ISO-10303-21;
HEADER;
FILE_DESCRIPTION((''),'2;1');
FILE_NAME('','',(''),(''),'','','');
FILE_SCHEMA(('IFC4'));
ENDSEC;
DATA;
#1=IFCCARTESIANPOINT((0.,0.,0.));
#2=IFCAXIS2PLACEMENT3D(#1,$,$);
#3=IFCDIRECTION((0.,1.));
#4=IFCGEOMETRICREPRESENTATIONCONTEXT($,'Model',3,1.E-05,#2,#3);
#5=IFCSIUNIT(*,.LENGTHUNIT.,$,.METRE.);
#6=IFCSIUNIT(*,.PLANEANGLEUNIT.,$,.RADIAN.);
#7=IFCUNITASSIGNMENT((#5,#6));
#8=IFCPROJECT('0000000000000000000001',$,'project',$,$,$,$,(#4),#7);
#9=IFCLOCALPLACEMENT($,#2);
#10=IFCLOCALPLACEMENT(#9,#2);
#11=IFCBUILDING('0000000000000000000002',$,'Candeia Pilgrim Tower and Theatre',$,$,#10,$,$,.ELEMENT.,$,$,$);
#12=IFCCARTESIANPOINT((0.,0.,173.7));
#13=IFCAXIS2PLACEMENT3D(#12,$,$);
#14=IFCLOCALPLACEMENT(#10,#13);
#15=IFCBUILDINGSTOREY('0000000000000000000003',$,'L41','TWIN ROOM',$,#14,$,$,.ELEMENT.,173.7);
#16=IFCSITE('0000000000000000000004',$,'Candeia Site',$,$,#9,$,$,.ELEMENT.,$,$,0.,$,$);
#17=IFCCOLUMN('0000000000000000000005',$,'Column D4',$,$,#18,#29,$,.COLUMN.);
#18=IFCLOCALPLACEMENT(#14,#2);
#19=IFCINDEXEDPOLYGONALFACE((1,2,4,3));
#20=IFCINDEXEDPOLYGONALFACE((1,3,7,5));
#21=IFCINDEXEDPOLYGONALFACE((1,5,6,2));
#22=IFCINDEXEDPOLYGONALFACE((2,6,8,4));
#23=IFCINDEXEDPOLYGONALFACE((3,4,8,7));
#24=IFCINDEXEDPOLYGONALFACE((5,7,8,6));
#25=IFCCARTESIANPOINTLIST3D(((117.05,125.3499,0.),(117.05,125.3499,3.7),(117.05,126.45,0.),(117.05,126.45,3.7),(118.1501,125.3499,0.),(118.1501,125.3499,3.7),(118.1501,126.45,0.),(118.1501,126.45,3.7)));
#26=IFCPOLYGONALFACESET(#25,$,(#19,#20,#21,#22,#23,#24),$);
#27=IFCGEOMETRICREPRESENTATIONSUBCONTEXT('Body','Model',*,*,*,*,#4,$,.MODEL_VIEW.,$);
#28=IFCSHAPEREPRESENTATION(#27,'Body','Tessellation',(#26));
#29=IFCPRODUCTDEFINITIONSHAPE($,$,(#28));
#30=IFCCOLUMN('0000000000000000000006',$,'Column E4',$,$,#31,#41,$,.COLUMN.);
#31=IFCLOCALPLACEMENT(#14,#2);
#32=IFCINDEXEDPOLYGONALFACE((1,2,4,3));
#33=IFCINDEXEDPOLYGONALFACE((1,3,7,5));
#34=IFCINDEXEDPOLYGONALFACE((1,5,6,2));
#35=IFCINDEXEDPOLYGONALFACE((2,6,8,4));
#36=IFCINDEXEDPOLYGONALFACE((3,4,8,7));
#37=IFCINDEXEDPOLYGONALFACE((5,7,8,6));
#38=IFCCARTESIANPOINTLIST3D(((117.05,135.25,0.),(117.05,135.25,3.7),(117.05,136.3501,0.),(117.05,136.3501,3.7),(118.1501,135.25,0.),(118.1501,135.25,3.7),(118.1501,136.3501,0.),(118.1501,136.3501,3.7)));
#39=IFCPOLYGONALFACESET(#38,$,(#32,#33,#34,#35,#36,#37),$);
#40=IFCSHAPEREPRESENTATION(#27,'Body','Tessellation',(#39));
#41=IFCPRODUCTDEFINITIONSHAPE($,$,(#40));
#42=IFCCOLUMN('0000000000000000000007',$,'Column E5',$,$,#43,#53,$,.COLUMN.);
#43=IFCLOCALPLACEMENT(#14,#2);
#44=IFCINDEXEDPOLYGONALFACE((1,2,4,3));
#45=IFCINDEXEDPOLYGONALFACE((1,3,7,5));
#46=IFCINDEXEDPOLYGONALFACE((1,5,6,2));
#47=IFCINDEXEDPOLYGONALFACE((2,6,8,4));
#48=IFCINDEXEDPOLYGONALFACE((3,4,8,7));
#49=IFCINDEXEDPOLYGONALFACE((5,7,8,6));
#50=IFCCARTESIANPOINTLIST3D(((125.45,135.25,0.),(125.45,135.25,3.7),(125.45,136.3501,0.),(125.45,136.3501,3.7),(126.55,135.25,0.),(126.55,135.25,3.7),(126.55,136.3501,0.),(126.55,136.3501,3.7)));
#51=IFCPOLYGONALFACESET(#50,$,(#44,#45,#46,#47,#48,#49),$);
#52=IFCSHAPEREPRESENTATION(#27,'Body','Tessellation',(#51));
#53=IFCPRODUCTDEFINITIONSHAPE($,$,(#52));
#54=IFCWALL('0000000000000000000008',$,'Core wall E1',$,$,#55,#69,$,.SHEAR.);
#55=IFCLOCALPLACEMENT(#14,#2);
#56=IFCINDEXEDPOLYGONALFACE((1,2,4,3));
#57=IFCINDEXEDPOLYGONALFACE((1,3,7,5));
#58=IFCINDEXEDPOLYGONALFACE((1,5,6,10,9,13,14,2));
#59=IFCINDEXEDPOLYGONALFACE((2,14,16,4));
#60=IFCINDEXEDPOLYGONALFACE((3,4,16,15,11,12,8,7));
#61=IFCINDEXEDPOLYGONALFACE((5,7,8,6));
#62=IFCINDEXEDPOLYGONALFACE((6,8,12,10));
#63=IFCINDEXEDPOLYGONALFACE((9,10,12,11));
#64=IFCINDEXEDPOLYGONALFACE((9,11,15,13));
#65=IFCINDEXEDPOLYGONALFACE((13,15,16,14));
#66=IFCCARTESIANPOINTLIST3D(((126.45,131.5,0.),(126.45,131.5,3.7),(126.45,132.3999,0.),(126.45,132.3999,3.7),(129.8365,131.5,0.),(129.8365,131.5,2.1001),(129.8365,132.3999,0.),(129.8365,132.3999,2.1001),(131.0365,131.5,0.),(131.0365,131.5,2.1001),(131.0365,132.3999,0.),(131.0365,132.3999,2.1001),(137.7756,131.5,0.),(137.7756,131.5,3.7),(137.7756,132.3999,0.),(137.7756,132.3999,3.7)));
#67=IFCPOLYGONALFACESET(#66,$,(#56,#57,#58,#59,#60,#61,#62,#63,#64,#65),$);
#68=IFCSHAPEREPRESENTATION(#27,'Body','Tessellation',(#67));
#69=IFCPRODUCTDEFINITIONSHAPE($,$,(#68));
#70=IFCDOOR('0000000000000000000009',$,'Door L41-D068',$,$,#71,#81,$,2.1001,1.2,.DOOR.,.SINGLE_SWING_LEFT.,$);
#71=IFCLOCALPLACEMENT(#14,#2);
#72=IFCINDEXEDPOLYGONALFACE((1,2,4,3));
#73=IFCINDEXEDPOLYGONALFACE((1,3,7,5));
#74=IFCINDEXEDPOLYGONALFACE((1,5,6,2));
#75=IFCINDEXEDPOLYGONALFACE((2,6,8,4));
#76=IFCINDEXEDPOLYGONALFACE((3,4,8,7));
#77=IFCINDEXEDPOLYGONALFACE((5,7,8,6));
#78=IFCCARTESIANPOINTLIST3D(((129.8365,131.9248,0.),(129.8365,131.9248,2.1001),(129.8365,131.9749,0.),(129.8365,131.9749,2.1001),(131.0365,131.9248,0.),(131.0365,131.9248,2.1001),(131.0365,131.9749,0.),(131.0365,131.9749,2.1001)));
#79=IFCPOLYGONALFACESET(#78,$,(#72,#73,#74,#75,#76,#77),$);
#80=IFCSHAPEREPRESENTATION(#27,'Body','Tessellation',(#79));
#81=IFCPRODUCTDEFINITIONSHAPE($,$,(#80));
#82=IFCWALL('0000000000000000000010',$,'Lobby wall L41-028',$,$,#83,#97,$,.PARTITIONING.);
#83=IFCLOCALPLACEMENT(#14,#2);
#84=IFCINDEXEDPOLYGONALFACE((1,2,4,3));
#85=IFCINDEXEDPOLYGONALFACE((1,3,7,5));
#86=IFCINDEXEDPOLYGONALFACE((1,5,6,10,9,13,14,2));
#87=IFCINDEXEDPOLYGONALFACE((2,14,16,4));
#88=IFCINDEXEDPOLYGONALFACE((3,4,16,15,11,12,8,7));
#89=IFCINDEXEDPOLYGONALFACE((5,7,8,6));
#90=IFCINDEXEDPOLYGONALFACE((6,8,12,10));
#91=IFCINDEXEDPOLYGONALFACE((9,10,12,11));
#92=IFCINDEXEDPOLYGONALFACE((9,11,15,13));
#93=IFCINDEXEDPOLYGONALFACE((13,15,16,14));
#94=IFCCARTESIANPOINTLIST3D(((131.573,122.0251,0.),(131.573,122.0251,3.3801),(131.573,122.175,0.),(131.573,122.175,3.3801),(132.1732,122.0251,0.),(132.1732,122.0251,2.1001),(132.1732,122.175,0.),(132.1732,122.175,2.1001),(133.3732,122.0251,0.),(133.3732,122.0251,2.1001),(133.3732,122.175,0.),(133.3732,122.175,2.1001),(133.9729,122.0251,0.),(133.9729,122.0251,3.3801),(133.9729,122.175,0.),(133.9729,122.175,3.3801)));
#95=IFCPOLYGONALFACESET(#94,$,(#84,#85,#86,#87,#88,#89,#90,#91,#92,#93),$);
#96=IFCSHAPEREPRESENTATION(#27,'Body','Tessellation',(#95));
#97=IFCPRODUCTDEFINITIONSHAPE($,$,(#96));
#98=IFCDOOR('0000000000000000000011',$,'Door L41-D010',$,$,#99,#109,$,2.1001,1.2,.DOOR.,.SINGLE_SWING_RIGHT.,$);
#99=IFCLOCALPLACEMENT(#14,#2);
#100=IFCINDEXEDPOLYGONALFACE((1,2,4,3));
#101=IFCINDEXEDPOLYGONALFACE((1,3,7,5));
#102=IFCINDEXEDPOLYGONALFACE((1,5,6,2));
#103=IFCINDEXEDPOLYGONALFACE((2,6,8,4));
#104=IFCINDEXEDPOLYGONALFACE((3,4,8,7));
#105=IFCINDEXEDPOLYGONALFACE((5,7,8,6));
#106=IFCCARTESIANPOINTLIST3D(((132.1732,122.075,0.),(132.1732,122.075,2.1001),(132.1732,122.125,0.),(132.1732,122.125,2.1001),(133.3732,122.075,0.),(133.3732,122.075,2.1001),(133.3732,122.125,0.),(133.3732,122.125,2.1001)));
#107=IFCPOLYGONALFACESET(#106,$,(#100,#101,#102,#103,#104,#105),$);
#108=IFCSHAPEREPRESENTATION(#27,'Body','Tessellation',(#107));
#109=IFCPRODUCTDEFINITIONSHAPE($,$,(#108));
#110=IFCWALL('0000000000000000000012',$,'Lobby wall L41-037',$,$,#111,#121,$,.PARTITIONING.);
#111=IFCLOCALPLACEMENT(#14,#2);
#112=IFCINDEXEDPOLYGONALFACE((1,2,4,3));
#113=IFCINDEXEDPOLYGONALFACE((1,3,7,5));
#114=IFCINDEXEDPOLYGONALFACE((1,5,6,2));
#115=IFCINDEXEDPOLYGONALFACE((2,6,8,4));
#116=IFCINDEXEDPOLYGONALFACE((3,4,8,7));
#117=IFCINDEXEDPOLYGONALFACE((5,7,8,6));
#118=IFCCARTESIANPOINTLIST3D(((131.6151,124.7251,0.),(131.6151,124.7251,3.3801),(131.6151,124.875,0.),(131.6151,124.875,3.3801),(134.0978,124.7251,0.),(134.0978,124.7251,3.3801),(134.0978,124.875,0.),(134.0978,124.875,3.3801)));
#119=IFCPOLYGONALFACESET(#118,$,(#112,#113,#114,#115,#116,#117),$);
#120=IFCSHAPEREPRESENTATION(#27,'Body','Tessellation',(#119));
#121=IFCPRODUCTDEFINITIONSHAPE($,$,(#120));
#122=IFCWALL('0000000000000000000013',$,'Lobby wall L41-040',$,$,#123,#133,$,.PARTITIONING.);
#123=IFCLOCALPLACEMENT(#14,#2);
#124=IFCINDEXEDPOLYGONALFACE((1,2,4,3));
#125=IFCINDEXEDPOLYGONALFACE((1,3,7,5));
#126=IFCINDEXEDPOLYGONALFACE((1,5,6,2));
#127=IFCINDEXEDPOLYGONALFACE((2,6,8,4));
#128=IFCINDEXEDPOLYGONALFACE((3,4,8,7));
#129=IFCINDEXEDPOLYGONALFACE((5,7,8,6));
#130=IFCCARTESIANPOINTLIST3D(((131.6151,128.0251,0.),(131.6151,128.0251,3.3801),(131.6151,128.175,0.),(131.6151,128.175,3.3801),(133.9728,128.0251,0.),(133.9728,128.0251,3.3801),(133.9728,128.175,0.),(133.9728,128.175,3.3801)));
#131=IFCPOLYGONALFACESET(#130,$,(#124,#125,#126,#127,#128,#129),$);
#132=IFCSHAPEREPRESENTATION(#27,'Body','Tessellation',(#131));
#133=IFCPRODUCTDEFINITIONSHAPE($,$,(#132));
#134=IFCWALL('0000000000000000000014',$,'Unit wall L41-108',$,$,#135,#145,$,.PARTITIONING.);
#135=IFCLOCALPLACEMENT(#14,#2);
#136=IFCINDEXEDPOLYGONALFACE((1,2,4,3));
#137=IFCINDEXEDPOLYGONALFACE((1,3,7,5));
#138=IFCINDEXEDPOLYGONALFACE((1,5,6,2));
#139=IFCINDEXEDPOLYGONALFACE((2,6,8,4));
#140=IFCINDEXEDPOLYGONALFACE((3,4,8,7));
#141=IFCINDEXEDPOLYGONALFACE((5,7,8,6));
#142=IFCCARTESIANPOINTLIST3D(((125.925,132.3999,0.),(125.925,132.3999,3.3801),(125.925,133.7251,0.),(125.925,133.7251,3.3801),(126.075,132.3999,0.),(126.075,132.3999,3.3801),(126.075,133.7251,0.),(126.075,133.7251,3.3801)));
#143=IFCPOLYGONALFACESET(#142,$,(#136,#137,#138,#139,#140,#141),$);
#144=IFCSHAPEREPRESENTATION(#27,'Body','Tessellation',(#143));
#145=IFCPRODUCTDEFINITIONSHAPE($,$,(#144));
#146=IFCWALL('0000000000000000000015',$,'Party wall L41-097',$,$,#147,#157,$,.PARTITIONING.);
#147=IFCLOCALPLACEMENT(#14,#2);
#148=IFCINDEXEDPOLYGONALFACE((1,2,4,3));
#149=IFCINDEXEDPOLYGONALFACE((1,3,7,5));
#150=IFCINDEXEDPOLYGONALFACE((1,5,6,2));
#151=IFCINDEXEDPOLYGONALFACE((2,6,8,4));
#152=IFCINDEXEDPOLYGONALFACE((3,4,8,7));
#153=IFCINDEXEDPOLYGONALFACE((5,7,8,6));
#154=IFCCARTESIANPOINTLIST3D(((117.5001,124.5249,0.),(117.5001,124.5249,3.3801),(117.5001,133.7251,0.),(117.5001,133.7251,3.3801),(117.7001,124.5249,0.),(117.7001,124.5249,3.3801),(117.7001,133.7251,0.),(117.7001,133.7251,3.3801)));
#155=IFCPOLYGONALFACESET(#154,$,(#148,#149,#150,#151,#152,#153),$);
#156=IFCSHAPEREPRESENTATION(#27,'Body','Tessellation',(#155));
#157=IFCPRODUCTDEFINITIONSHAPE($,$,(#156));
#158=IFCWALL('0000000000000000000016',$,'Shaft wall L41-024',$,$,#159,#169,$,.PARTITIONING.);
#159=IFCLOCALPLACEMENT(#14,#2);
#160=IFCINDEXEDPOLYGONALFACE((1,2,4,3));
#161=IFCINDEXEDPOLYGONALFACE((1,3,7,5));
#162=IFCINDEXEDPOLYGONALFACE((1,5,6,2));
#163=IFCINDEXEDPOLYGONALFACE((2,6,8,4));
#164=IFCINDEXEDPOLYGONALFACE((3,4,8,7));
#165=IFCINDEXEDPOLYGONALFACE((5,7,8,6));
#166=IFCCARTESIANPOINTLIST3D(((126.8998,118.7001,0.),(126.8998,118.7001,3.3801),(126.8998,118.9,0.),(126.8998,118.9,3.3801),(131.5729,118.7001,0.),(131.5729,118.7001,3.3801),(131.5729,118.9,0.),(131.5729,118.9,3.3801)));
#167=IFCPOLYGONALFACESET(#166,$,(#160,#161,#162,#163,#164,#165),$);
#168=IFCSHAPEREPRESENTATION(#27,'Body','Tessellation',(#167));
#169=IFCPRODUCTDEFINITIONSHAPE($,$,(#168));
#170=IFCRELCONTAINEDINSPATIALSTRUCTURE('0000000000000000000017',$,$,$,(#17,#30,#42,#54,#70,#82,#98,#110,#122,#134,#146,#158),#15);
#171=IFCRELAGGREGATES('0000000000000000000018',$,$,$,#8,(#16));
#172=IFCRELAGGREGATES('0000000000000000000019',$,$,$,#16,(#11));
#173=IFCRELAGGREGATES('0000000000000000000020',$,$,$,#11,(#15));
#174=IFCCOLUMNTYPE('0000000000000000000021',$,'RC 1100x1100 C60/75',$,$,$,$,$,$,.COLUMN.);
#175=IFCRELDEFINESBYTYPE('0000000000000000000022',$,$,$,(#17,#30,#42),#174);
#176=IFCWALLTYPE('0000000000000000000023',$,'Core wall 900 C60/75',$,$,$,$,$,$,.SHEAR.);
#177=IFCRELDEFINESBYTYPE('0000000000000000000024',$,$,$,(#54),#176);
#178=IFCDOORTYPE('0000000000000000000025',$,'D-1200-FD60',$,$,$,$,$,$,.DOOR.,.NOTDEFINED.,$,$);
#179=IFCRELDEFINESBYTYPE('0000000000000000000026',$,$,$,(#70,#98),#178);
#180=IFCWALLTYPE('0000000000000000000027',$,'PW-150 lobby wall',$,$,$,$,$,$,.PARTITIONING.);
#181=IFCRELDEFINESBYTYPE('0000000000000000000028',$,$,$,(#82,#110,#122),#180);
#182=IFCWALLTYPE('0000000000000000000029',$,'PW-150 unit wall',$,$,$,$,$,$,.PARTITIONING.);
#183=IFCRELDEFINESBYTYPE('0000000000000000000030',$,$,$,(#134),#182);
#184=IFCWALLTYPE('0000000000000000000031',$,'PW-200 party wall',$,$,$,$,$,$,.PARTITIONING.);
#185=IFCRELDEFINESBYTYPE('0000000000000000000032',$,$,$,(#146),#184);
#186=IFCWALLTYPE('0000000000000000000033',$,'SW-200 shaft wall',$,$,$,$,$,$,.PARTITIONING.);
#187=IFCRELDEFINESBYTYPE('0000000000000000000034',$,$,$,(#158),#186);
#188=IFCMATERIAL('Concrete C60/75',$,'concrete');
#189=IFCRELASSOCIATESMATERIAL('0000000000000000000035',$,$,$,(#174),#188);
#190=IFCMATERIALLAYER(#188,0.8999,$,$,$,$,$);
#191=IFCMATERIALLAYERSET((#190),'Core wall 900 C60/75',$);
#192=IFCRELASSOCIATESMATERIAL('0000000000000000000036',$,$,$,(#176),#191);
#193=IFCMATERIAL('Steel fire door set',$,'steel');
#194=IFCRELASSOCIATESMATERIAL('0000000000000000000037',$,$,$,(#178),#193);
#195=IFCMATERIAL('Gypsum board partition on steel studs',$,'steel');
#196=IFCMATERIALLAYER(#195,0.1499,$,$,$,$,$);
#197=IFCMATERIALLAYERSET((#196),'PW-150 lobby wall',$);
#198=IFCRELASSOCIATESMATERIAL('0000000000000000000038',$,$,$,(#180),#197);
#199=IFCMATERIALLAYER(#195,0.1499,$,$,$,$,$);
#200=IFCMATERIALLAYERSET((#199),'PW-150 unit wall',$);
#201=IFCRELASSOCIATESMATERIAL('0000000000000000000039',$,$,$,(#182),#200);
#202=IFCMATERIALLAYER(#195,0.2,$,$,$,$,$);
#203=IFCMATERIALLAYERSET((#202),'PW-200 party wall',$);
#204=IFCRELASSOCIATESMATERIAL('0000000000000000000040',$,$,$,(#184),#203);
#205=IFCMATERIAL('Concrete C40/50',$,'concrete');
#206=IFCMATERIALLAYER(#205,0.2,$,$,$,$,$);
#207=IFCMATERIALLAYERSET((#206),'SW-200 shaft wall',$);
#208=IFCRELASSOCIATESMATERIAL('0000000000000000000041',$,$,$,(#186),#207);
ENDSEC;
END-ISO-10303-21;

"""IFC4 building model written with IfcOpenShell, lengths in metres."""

from ifc_helpers import new_model, si_unit, direction, frame, frame_2d, origin, origin_2d, place, context, subcontext, project, spatial, rectangle, extrude, material, layer, layer_set, material_profile, profile_set, type_object, element, fill, save


model = new_model("IFC4")

# Units and contexts
model_context = context("Model", 3, precision=1e-05, world=origin(), true_north=direction((0.0, 1.0)))
body_context = subcontext(model_context, "Body", "Model", "MODEL_VIEW")
ifc_project = project(units=[si_unit("LENGTHUNIT", "METRE"), si_unit("PLANEANGLEUNIT", "RADIAN")], contexts=[model_context])

# Site, building, storey
site_placement = place(None, origin())
site = spatial("IfcSite", under=ifc_project, at=site_placement, Name="Candeia Site", CompositionType="ELEMENT", RefElevation=0.0)
building_placement = place(site_placement, origin())
building = spatial("IfcBuilding", under=site, at=building_placement, Name="Candeia Pilgrim Tower and Theatre", CompositionType="ELEMENT")
storey_placement = place(building_placement, frame((0.0, 0.0, 173.7)))
storey = spatial("IfcBuildingStorey", under=building, at=storey_placement, Name="L41", Description="TWIN ROOM", CompositionType="ELEMENT", Elevation=173.7)

# Columns
ifc_material_1 = material(Name="Concrete C60/75", Category="concrete")
ifc_material_profile = material_profile(ifc_material_1, rectangle(XDim=1.1001, YDim=1.1001, at=origin_2d()))
ifc_profile_set = profile_set([ifc_material_profile], Name="Concrete C60/75")
column_type = type_object("IfcColumnType", Name="RC 1100x1100 C60/75", PredefinedType="COLUMN", material=ifc_profile_set)
for number, where, z_axis, x_axis, name in (
    (1, (117.6001, 125.8999, 0.0), (0.0, 0.0, 1.0), (1.0, 0.0, 0.0), "Column D4"),
    (2, (117.6001, 135.8, 0.0), (0.0, 0.0, 1.0), (1.0, 0.0, 0.0), "Column E4"),
    (3, (126.0, 135.8, 0.0), (0.0, 0.0, 1.0), (1.0, 0.0, 0.0), "Column E5"),
):
    element("IfcColumn", number, at=place(storey_placement, frame(where, z_axis=z_axis, x_axis=x_axis)), inside=storey, type_object=column_type, Name=name, PredefinedType="COLUMN", context=body_context, shape_type="SweptSolid", body=[
        extrude(rectangle(XDim=1.1001, YDim=1.1001, at=origin_2d()), origin(), (0.0, 0.0, 1.0), 3.7),
    ])

# Walls, openings, doors
ifc_layer_1 = layer(ifc_material_1, 0.8999)
ifc_layer_set_1 = layer_set([ifc_layer_1], Name="Core wall 900 C60/75")
wall_type_1 = type_object("IfcWallType", Name="Core wall 900 C60/75", PredefinedType="SHEAR", material=ifc_layer_set_1)
wall_1_placement = place(storey_placement, frame((126.45, 131.95, 0.0), z_axis=(0.0, 0.0, 1.0), x_axis=(1.0, 0.0, 0.0)))
wall_1 = element("IfcWall", 4, at=wall_1_placement, inside=storey, type_object=wall_type_1, Name="Core wall E1", PredefinedType="SHEAR", context=body_context, shape_type="SweptSolid", body=[
    extrude(rectangle(XDim=11.3257, YDim=0.8999, at=frame_2d((5.6628, 0.0))), origin(), (0.0, 0.0, 1.0), 3.7),
])
opening_1_placement = place(wall_1_placement, frame((3.3865, 0.0, 0.0)))
opening_1 = element("IfcOpeningElement", 5, at=opening_1_placement, cuts=wall_1, PredefinedType="OPENING", context=body_context, shape_type="SweptSolid", body=[
    extrude(rectangle(XDim=1.2, YDim=2.1001, at=frame_2d((0.6001, 1.05))), frame((0.0, 0.46, 0.0), z_axis=(0.0, -1.0, 0.0), x_axis=(1.0, 0.0, 0.0)), (0.0, 0.0, 1.0), 0.9199),
])
ifc_material_2 = material(Name="Steel fire door set", Category="steel")
door_type_1 = type_object("IfcDoorType", Name="D-1200-FD60", OperationType="NOTDEFINED", PredefinedType="DOOR", material=ifc_material_2)
door_1_placement = place(opening_1_placement, origin())
door_1 = element("IfcDoor", 6, at=door_1_placement, inside=storey, type_object=door_type_1, Name="Door L41-D068", OperationType="SINGLE_SWING_LEFT", OverallHeight=2.1001, OverallWidth=1.2, PredefinedType="DOOR", context=body_context, shape_type="SweptSolid", body=[
    extrude(rectangle(XDim=1.2, YDim=2.1001, at=frame_2d((0.6001, 1.05))), frame((0.0, 0.0249, 0.0), z_axis=(0.0, -1.0, 0.0), x_axis=(1.0, 0.0, 0.0)), (0.0, 0.0, 1.0), 0.05),
])
fill(opening_1, door_1)
ifc_material_3 = material(Name="Gypsum board partition on steel studs", Category="steel")
ifc_layer_2 = layer(ifc_material_3, 0.1499)
ifc_layer_set_2 = layer_set([ifc_layer_2], Name="PW-150 lobby wall")
wall_type_2 = type_object("IfcWallType", Name="PW-150 lobby wall", PredefinedType="PARTITIONING", material=ifc_layer_set_2)
wall_2_placement = place(storey_placement, frame((131.573, 122.1001, 0.0), z_axis=(0.0, 0.0, 1.0), x_axis=(1.0, 0.0, 0.0)))
wall_2 = element("IfcWall", 7, at=wall_2_placement, inside=storey, type_object=wall_type_2, Name="Lobby wall L41-028", PredefinedType="PARTITIONING", context=body_context, shape_type="SweptSolid", body=[
    extrude(rectangle(XDim=2.3999, YDim=0.1499, at=frame_2d((1.2, 0.0))), origin(), (0.0, 0.0, 1.0), 3.3801),
])
opening_2_placement = place(wall_2_placement, frame((0.6001, 0.0, 0.0)))
opening_2 = element("IfcOpeningElement", 8, at=opening_2_placement, cuts=wall_2, PredefinedType="OPENING", context=body_context, shape_type="SweptSolid", body=[
    extrude(rectangle(XDim=1.2, YDim=2.1001, at=frame_2d((0.6001, 1.05))), frame((0.0, 0.085, 0.0), z_axis=(0.0, -1.0, 0.0), x_axis=(1.0, 0.0, 0.0)), (0.0, 0.0, 1.0), 0.1699),
])
door_2_placement = place(opening_2_placement, origin())
door_2 = element("IfcDoor", 9, at=door_2_placement, inside=storey, type_object=door_type_1, Name="Door L41-D010", OperationType="SINGLE_SWING_RIGHT", OverallHeight=2.1001, OverallWidth=1.2, PredefinedType="DOOR", context=body_context, shape_type="SweptSolid", body=[
    extrude(rectangle(XDim=1.2, YDim=2.1001, at=frame_2d((0.6001, 1.05))), frame((0.0, 0.0249, 0.0), z_axis=(0.0, -1.0, 0.0), x_axis=(1.0, 0.0, 0.0)), (0.0, 0.0, 1.0), 0.05),
])
fill(opening_2, door_2)

# Walls
wall_3_placement = place(storey_placement, frame((131.6152, 124.8, 0.0), z_axis=(0.0, 0.0, 1.0), x_axis=(1.0, 0.0, 0.0)))
element("IfcWall", 10, at=wall_3_placement, inside=storey, type_object=wall_type_2, Name="Lobby wall L41-037", PredefinedType="PARTITIONING", context=body_context, shape_type="SweptSolid", body=[
    extrude(rectangle(XDim=2.4827, YDim=0.1499, at=frame_2d((1.2412, 0.0))), origin(), (0.0, 0.0, 1.0), 3.3801),
])
wall_4_placement = place(storey_placement, frame((131.6152, 128.1001, 0.0), z_axis=(0.0, 0.0, 1.0), x_axis=(1.0, 0.0, 0.0)))
element("IfcWall", 11, at=wall_4_placement, inside=storey, type_object=wall_type_2, Name="Lobby wall L41-040", PredefinedType="PARTITIONING", context=body_context, shape_type="SweptSolid", body=[
    extrude(rectangle(XDim=2.3577, YDim=0.1499, at=frame_2d((1.1787, 0.0))), origin(), (0.0, 0.0, 1.0), 3.3801),
])
ifc_layer_3 = layer(ifc_material_3, 0.1499)
ifc_layer_set_3 = layer_set([ifc_layer_3], Name="PW-150 unit wall")
wall_type_3 = type_object("IfcWallType", Name="PW-150 unit wall", PredefinedType="PARTITIONING", material=ifc_layer_set_3)
wall_5_placement = place(storey_placement, frame((126.0, 132.3999, 0.0), z_axis=(0.0, 0.0, 1.0), x_axis=(0.0, 1.0, 0.0)))
element("IfcWall", 12, at=wall_5_placement, inside=storey, type_object=wall_type_3, Name="Unit wall L41-108", PredefinedType="PARTITIONING", context=body_context, shape_type="SweptSolid", body=[
    extrude(rectangle(XDim=1.3252, YDim=0.1499, at=frame_2d((0.6626, 0.0))), origin(), (0.0, 0.0, 1.0), 3.3801),
])
ifc_layer_4 = layer(ifc_material_3, 0.2)
ifc_layer_set_4 = layer_set([ifc_layer_4], Name="PW-200 party wall")
wall_type_4 = type_object("IfcWallType", Name="PW-200 party wall", PredefinedType="PARTITIONING", material=ifc_layer_set_4)
wall_6_placement = place(storey_placement, frame((117.6001, 124.5249, 0.0), z_axis=(0.0, 0.0, 1.0), x_axis=(0.0, 1.0, 0.0)))
element("IfcWall", 13, at=wall_6_placement, inside=storey, type_object=wall_type_4, Name="Party wall L41-097", PredefinedType="PARTITIONING", context=body_context, shape_type="SweptSolid", body=[
    extrude(rectangle(XDim=9.2002, YDim=0.2, at=frame_2d((4.6001, 0.0))), origin(), (0.0, 0.0, 1.0), 3.3801),
])
ifc_material_4 = material(Name="Concrete C40/50", Category="concrete")
ifc_layer_5 = layer(ifc_material_4, 0.2)
ifc_layer_set_5 = layer_set([ifc_layer_5], Name="SW-200 shaft wall")
wall_type_5 = type_object("IfcWallType", Name="SW-200 shaft wall", PredefinedType="PARTITIONING", material=ifc_layer_set_5)
wall_7_placement = place(storey_placement, frame((126.8999, 118.8, 0.0), z_axis=(0.0, 0.0, 1.0), x_axis=(1.0, 0.0, 0.0)))
element("IfcWall", 14, at=wall_7_placement, inside=storey, type_object=wall_type_5, Name="Shaft wall L41-024", PredefinedType="PARTITIONING", context=body_context, shape_type="SweptSolid", body=[
    extrude(rectangle(XDim=4.6731, YDim=0.2, at=frame_2d((2.3364, 0.0))), origin(), (0.0, 0.0, 1.0), 3.3801),
])

save(model, "model.ifc")
